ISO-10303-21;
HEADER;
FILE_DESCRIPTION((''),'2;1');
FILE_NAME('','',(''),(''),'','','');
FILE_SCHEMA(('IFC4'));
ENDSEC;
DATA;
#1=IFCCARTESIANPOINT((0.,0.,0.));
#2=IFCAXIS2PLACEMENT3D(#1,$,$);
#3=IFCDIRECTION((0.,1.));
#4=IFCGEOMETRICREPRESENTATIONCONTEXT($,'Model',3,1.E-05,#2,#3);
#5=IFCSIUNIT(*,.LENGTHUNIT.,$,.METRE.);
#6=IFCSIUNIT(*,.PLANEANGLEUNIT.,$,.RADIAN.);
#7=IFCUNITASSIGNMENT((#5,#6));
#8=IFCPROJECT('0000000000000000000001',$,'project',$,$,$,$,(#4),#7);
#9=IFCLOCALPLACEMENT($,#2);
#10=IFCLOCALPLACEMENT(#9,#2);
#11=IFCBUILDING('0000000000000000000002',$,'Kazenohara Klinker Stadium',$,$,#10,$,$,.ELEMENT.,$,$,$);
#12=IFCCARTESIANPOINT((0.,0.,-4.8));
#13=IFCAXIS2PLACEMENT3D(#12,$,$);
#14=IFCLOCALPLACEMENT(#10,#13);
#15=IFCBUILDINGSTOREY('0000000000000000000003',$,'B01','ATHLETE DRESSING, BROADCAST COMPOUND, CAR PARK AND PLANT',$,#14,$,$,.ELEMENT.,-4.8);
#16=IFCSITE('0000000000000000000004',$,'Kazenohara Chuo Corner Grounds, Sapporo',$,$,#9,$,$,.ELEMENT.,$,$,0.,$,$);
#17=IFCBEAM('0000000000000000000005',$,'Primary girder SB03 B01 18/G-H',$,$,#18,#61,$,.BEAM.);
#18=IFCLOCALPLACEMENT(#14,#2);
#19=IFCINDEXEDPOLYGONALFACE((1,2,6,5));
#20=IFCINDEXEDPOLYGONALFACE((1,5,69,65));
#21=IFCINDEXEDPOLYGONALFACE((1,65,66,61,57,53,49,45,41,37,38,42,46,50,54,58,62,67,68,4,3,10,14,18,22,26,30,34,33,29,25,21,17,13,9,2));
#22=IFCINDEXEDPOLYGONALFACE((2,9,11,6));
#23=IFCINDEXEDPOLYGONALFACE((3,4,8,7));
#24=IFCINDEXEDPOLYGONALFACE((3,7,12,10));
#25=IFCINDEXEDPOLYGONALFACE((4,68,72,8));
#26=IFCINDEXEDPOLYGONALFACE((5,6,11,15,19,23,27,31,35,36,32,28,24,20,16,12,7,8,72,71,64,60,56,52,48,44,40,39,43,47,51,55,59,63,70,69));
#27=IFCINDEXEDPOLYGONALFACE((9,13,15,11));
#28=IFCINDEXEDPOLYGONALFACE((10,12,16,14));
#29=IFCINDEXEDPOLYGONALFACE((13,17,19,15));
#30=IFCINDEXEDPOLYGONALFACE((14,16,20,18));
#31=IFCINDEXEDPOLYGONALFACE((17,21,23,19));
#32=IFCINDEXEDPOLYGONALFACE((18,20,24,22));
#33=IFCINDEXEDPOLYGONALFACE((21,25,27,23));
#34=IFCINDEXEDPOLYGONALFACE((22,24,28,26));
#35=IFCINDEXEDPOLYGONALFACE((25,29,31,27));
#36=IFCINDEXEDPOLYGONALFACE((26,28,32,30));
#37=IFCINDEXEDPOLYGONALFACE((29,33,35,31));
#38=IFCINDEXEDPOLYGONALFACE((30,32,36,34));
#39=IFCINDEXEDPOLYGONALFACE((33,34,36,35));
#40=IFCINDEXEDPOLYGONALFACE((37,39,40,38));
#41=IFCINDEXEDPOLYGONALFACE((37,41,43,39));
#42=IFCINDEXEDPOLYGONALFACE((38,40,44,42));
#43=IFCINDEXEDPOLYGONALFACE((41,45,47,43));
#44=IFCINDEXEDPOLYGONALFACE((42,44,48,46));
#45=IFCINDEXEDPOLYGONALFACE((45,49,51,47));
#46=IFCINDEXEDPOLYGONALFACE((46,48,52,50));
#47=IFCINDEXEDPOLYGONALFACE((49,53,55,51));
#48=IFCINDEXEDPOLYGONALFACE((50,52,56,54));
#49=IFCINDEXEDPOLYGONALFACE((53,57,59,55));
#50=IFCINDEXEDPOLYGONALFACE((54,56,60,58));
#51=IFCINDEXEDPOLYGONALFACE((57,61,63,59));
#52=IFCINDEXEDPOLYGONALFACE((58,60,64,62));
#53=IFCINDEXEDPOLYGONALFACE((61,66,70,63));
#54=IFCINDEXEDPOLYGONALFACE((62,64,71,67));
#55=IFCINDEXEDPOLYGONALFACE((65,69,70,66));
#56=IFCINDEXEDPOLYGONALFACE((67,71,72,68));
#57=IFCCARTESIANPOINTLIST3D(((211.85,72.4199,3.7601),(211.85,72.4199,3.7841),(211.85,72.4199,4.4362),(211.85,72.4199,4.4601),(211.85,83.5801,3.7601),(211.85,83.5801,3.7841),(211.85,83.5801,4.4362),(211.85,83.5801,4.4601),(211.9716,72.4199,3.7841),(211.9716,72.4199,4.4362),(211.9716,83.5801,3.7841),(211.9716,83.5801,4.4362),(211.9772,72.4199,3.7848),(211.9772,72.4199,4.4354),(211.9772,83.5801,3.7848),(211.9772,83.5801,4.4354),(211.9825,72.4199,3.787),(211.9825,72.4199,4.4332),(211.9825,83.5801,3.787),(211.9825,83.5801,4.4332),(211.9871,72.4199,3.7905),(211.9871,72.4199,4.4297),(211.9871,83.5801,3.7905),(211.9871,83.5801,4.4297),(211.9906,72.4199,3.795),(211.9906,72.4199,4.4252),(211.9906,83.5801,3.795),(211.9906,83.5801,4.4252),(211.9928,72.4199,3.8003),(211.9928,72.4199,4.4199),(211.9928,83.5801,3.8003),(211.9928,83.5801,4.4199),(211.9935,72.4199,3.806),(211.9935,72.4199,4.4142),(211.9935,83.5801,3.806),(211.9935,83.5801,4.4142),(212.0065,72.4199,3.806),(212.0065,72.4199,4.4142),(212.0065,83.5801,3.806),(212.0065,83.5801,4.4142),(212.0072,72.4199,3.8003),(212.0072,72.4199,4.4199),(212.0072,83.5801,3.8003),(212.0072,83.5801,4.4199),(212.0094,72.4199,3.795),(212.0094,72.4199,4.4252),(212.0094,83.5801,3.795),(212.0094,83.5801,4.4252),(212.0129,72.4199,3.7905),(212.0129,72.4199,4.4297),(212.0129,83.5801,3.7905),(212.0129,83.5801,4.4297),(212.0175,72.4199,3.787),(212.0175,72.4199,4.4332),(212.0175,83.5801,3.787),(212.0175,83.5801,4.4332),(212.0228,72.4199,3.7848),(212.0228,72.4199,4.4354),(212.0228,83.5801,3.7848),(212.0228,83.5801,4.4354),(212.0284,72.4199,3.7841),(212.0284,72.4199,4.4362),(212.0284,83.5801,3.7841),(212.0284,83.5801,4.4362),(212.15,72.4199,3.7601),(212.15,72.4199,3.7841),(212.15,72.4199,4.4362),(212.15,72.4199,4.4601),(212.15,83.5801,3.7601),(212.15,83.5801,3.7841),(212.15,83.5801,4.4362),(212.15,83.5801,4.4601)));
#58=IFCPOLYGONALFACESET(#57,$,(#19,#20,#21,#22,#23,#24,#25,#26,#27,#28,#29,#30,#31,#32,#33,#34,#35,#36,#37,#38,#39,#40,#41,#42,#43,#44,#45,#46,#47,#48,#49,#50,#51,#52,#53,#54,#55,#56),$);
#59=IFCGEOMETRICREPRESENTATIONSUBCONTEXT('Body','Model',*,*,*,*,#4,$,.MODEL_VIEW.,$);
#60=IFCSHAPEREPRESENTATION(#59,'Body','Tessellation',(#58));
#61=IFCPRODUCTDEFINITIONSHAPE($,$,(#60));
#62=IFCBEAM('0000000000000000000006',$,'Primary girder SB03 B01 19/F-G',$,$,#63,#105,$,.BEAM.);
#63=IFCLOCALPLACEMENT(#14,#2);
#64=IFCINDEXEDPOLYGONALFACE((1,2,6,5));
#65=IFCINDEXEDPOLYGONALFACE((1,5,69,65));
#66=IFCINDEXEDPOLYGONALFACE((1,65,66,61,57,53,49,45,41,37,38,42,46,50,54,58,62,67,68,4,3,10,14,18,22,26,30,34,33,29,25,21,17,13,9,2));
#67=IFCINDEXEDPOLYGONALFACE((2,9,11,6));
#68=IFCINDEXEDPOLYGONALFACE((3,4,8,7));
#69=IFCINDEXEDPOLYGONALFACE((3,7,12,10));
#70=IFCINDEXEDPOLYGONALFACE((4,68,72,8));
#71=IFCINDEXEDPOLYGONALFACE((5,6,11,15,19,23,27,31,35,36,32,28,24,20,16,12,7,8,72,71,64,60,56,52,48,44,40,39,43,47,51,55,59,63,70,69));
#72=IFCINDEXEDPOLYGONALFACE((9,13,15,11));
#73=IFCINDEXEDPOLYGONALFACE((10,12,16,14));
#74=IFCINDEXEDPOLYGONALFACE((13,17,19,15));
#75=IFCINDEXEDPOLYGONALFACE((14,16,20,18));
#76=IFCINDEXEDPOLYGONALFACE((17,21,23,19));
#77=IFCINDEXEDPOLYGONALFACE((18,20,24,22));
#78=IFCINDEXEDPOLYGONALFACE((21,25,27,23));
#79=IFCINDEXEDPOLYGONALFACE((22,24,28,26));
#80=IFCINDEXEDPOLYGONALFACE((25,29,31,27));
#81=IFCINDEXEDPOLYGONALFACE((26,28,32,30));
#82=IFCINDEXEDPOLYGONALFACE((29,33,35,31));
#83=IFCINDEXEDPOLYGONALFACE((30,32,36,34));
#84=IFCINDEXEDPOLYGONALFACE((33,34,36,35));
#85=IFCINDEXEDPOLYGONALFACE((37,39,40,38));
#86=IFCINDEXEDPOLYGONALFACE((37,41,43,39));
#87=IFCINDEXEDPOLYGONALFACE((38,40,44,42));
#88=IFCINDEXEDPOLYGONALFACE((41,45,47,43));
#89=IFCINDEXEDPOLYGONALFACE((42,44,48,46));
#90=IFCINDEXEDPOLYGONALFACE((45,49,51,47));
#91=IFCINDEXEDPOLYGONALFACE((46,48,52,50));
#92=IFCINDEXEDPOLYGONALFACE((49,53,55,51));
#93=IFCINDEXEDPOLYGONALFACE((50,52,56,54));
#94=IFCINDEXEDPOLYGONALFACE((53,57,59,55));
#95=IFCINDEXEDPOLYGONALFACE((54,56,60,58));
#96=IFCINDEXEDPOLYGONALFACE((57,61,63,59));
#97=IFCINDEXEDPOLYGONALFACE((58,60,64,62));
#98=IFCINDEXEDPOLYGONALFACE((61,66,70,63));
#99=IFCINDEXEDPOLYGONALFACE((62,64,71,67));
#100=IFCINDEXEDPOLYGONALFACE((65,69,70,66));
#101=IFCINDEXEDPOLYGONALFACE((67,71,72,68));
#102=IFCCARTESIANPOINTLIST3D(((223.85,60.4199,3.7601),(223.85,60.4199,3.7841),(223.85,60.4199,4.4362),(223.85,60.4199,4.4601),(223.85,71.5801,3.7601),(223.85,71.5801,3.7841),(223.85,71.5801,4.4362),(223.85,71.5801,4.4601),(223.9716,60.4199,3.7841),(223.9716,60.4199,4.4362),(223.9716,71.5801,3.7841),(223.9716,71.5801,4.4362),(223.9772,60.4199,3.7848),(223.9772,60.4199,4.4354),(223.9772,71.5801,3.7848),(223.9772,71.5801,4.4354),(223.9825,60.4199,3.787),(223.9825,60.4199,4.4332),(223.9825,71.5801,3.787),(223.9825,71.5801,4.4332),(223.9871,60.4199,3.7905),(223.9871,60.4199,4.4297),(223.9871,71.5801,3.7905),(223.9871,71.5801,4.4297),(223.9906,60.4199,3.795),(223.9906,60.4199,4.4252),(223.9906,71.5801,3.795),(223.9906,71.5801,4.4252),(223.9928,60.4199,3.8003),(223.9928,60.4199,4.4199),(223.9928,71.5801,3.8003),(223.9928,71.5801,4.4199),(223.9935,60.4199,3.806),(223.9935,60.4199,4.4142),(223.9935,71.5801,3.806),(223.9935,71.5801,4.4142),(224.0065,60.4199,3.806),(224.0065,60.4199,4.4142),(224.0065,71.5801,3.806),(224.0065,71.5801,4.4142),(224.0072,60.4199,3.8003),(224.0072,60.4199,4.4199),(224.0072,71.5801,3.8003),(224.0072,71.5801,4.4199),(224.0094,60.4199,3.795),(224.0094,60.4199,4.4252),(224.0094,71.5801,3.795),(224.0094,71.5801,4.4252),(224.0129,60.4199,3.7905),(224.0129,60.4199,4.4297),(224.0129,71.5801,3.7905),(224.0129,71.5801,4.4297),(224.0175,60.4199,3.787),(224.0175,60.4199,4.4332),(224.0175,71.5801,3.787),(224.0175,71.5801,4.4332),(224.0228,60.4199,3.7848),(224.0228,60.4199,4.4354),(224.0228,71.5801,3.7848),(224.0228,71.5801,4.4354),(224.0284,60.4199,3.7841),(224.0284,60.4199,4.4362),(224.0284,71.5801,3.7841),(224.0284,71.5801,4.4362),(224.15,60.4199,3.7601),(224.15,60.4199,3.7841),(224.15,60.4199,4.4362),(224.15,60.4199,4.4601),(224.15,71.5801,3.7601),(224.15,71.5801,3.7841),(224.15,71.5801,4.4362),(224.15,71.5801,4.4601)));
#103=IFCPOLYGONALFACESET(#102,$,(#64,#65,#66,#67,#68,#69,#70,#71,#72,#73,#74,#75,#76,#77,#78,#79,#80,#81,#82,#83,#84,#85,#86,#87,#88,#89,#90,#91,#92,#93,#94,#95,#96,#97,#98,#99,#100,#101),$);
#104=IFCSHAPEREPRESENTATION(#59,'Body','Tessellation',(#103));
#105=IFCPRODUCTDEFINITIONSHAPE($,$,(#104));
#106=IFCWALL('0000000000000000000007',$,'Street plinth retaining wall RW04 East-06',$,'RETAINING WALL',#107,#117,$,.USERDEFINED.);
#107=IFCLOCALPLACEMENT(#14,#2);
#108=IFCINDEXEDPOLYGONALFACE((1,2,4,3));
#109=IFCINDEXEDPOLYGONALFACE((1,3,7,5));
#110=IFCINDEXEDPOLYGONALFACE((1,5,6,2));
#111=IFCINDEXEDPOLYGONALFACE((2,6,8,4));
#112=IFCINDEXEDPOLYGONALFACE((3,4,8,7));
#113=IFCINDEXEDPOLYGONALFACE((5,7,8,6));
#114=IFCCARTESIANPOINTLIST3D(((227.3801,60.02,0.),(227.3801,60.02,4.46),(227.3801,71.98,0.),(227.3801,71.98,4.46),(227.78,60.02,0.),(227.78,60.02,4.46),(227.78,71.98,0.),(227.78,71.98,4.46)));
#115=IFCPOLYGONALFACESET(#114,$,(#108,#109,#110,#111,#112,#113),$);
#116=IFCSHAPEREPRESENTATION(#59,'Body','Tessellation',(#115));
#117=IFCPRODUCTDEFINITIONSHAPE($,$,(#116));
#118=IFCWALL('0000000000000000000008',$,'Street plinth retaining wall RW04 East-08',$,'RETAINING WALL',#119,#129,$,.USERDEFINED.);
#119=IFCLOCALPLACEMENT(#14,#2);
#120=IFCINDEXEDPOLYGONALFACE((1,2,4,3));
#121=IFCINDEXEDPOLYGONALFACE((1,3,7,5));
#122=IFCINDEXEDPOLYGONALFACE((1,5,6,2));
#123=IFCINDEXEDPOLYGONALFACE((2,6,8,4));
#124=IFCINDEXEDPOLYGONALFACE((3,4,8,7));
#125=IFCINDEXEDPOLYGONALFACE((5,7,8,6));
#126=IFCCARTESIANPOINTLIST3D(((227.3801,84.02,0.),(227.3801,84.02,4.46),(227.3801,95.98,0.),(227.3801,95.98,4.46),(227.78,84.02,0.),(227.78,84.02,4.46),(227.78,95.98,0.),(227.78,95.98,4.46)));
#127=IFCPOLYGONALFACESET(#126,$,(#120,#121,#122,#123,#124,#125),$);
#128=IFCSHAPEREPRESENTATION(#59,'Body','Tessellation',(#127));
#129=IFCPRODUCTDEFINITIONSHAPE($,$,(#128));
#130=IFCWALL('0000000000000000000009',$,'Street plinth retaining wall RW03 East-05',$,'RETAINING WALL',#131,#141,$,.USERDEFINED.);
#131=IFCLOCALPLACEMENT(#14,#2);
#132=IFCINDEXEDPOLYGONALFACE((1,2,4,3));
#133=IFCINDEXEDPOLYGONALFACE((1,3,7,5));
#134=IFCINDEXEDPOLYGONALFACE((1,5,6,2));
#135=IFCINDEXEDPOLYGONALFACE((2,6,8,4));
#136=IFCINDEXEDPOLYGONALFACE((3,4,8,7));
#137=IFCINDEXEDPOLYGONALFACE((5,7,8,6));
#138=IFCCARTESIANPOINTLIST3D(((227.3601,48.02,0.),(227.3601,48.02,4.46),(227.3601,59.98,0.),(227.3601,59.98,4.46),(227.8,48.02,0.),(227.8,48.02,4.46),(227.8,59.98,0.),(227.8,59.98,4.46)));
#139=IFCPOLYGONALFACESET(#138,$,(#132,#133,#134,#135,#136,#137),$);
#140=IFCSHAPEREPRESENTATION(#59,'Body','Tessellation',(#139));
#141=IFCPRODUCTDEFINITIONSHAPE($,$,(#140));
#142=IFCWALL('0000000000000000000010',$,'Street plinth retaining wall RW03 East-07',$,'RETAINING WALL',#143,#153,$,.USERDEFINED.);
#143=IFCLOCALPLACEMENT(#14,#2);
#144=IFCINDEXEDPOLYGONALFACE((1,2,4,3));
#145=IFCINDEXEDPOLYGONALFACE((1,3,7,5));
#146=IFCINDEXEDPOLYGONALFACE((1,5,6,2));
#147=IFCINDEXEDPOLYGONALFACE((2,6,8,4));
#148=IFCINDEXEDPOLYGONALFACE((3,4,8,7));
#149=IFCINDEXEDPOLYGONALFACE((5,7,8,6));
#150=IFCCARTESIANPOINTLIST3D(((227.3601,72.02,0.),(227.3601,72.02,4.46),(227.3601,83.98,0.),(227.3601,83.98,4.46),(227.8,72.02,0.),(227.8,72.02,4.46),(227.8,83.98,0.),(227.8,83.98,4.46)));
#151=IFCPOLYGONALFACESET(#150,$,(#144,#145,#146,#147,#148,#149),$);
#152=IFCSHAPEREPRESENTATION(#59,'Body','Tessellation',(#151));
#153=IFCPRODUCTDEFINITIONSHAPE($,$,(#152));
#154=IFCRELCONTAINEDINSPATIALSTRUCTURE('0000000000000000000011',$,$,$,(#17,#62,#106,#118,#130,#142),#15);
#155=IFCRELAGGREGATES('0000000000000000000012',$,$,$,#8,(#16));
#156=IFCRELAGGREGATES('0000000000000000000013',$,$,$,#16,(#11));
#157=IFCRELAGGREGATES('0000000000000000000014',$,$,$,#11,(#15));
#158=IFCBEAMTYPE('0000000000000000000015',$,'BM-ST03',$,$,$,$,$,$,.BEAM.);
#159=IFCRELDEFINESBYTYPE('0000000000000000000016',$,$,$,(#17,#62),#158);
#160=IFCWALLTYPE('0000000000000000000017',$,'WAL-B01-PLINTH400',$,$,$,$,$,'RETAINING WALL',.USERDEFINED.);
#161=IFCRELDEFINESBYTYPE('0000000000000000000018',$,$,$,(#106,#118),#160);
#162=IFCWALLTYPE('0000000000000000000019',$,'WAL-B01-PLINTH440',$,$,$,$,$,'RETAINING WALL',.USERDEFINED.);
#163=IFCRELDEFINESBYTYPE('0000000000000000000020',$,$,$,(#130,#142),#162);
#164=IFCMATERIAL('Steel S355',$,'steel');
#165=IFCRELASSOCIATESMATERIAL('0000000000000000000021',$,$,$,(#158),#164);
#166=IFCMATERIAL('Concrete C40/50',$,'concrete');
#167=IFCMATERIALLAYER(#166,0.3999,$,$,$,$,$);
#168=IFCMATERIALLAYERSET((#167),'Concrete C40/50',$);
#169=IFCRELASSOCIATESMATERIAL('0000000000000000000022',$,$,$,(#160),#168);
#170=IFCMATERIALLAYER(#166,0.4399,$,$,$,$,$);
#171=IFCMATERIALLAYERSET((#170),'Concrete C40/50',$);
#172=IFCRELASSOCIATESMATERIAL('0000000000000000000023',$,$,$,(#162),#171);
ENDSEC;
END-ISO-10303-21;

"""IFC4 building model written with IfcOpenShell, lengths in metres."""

from ifc_helpers import new_model, si_unit, direction, frame, frame_2d, origin, origin_2d, place, context, subcontext, project, spatial, rectangle, i_section, extrude, material, layer, layer_set, material_profile, profile_set, type_object, element, save


model = new_model("IFC4")

# Units and contexts
model_context = context("Model", 3, precision=1e-05, world=origin(), true_north=direction((0.0, 1.0)))
body_context = subcontext(model_context, "Body", "Model", "MODEL_VIEW")
ifc_project = project(units=[si_unit("LENGTHUNIT", "METRE"), si_unit("PLANEANGLEUNIT", "RADIAN")], contexts=[model_context])

# Site, building, storey
site_placement = place(None, origin())
site = spatial("IfcSite", under=ifc_project, at=site_placement, Name="Kazenohara Chuo Corner Grounds, Sapporo", CompositionType="ELEMENT", RefElevation=0.0)
building_placement = place(site_placement, origin())
building = spatial("IfcBuilding", under=site, at=building_placement, Name="Kazenohara Klinker Stadium", CompositionType="ELEMENT")
storey_placement = place(building_placement, frame((0.0, 0.0, -4.8)))
storey = spatial("IfcBuildingStorey", under=building, at=storey_placement, Name="B01", Description="ATHLETE DRESSING, BROADCAST COMPOUND, CAR PARK AND PLANT", CompositionType="ELEMENT", Elevation=-4.8)

# Shared definitions
ifc_material_1 = material(Name="Concrete C40/50", Category="concrete")

# Beams
ifc_material_2 = material(Name="Steel S355", Category="steel")
ifc_material_profile_1 = material_profile(ifc_material_2, i_section(OverallWidth=0.3, OverallDepth=0.7, WebThickness=0.0129, FlangeThickness=0.0239, FilletRadius=0.022, at=origin_2d()), Name="H-700x300x13x24")
ifc_profile_set_1 = profile_set([ifc_material_profile_1], Name="Steel S355")
beam_type_1 = type_object("IfcBeamType", Name="BM-ST03", PredefinedType="BEAM", material=ifc_profile_set_1)
for number, where, z_axis, x_axis, name in (
    (1, (212.0, 72.4199, 4.1101), (0.0, 1.0, 0.0), (-1.0, 0.0, 0.0), "Primary girder SB03 B01 18/G-H"),
    (2, (224.0, 60.4199, 4.1101), (0.0, 1.0, 0.0), (-1.0, 0.0, 0.0), "Primary girder SB03 B01 19/F-G"),
):
    element("IfcBeam", number, at=place(storey_placement, frame(where, z_axis=z_axis, x_axis=x_axis)), inside=storey, type_object=beam_type_1, Name=name, PredefinedType="BEAM", context=body_context, shape_type="SweptSolid", body=[
        extrude(i_section(OverallWidth=0.3, OverallDepth=0.7, WebThickness=0.0129, FlangeThickness=0.0239, FilletRadius=0.022, at=origin_2d()), origin(), (0.0, 0.0, 1.0), 11.1602),
    ])

# Walls
ifc_layer_1 = layer(ifc_material_1, 0.3999)
ifc_layer_set_1 = layer_set([ifc_layer_1], Name="Concrete C40/50")
wall_type_1 = type_object("IfcWallType", Name="WAL-B01-PLINTH400", ElementType="RETAINING WALL", PredefinedType="USERDEFINED", material=ifc_layer_set_1)
for number, where, z_axis, x_axis, name in (
    (3, (227.5801, 60.02, 0.0), (0.0, 0.0, 1.0), (0.0, 1.0, 0.0), "Street plinth retaining wall RW04 East-06"),
    (4, (227.5801, 84.02, 0.0), (0.0, 0.0, 1.0), (0.0, 1.0, 0.0), "Street plinth retaining wall RW04 East-08"),
):
    element("IfcWall", number, at=place(storey_placement, frame(where, z_axis=z_axis, x_axis=x_axis)), inside=storey, type_object=wall_type_1, Name=name, ObjectType="RETAINING WALL", PredefinedType="USERDEFINED", context=body_context, shape_type="SweptSolid", body=[
        extrude(rectangle(XDim=11.96, YDim=0.3999, at=frame_2d((5.98, 0.0))), origin(), (0.0, 0.0, 1.0), 4.46),
    ])
ifc_layer_2 = layer(ifc_material_1, 0.4399)
ifc_layer_set_2 = layer_set([ifc_layer_2], Name="Concrete C40/50")
wall_type_2 = type_object("IfcWallType", Name="WAL-B01-PLINTH440", ElementType="RETAINING WALL", PredefinedType="USERDEFINED", material=ifc_layer_set_2)
for number, where, z_axis, x_axis, name in (
    (5, (227.5801, 48.02, 0.0), (0.0, 0.0, 1.0), (0.0, 1.0, 0.0), "Street plinth retaining wall RW03 East-05"),
    (6, (227.5801, 72.02, 0.0), (0.0, 0.0, 1.0), (0.0, 1.0, 0.0), "Street plinth retaining wall RW03 East-07"),
):
    element("IfcWall", number, at=place(storey_placement, frame(where, z_axis=z_axis, x_axis=x_axis)), inside=storey, type_object=wall_type_2, Name=name, ObjectType="RETAINING WALL", PredefinedType="USERDEFINED", context=body_context, shape_type="SweptSolid", body=[
        extrude(rectangle(XDim=11.96, YDim=0.4399, at=frame_2d((5.98, 0.0))), origin(), (0.0, 0.0, 1.0), 4.46),
    ])

save(model, "model.ifc")
